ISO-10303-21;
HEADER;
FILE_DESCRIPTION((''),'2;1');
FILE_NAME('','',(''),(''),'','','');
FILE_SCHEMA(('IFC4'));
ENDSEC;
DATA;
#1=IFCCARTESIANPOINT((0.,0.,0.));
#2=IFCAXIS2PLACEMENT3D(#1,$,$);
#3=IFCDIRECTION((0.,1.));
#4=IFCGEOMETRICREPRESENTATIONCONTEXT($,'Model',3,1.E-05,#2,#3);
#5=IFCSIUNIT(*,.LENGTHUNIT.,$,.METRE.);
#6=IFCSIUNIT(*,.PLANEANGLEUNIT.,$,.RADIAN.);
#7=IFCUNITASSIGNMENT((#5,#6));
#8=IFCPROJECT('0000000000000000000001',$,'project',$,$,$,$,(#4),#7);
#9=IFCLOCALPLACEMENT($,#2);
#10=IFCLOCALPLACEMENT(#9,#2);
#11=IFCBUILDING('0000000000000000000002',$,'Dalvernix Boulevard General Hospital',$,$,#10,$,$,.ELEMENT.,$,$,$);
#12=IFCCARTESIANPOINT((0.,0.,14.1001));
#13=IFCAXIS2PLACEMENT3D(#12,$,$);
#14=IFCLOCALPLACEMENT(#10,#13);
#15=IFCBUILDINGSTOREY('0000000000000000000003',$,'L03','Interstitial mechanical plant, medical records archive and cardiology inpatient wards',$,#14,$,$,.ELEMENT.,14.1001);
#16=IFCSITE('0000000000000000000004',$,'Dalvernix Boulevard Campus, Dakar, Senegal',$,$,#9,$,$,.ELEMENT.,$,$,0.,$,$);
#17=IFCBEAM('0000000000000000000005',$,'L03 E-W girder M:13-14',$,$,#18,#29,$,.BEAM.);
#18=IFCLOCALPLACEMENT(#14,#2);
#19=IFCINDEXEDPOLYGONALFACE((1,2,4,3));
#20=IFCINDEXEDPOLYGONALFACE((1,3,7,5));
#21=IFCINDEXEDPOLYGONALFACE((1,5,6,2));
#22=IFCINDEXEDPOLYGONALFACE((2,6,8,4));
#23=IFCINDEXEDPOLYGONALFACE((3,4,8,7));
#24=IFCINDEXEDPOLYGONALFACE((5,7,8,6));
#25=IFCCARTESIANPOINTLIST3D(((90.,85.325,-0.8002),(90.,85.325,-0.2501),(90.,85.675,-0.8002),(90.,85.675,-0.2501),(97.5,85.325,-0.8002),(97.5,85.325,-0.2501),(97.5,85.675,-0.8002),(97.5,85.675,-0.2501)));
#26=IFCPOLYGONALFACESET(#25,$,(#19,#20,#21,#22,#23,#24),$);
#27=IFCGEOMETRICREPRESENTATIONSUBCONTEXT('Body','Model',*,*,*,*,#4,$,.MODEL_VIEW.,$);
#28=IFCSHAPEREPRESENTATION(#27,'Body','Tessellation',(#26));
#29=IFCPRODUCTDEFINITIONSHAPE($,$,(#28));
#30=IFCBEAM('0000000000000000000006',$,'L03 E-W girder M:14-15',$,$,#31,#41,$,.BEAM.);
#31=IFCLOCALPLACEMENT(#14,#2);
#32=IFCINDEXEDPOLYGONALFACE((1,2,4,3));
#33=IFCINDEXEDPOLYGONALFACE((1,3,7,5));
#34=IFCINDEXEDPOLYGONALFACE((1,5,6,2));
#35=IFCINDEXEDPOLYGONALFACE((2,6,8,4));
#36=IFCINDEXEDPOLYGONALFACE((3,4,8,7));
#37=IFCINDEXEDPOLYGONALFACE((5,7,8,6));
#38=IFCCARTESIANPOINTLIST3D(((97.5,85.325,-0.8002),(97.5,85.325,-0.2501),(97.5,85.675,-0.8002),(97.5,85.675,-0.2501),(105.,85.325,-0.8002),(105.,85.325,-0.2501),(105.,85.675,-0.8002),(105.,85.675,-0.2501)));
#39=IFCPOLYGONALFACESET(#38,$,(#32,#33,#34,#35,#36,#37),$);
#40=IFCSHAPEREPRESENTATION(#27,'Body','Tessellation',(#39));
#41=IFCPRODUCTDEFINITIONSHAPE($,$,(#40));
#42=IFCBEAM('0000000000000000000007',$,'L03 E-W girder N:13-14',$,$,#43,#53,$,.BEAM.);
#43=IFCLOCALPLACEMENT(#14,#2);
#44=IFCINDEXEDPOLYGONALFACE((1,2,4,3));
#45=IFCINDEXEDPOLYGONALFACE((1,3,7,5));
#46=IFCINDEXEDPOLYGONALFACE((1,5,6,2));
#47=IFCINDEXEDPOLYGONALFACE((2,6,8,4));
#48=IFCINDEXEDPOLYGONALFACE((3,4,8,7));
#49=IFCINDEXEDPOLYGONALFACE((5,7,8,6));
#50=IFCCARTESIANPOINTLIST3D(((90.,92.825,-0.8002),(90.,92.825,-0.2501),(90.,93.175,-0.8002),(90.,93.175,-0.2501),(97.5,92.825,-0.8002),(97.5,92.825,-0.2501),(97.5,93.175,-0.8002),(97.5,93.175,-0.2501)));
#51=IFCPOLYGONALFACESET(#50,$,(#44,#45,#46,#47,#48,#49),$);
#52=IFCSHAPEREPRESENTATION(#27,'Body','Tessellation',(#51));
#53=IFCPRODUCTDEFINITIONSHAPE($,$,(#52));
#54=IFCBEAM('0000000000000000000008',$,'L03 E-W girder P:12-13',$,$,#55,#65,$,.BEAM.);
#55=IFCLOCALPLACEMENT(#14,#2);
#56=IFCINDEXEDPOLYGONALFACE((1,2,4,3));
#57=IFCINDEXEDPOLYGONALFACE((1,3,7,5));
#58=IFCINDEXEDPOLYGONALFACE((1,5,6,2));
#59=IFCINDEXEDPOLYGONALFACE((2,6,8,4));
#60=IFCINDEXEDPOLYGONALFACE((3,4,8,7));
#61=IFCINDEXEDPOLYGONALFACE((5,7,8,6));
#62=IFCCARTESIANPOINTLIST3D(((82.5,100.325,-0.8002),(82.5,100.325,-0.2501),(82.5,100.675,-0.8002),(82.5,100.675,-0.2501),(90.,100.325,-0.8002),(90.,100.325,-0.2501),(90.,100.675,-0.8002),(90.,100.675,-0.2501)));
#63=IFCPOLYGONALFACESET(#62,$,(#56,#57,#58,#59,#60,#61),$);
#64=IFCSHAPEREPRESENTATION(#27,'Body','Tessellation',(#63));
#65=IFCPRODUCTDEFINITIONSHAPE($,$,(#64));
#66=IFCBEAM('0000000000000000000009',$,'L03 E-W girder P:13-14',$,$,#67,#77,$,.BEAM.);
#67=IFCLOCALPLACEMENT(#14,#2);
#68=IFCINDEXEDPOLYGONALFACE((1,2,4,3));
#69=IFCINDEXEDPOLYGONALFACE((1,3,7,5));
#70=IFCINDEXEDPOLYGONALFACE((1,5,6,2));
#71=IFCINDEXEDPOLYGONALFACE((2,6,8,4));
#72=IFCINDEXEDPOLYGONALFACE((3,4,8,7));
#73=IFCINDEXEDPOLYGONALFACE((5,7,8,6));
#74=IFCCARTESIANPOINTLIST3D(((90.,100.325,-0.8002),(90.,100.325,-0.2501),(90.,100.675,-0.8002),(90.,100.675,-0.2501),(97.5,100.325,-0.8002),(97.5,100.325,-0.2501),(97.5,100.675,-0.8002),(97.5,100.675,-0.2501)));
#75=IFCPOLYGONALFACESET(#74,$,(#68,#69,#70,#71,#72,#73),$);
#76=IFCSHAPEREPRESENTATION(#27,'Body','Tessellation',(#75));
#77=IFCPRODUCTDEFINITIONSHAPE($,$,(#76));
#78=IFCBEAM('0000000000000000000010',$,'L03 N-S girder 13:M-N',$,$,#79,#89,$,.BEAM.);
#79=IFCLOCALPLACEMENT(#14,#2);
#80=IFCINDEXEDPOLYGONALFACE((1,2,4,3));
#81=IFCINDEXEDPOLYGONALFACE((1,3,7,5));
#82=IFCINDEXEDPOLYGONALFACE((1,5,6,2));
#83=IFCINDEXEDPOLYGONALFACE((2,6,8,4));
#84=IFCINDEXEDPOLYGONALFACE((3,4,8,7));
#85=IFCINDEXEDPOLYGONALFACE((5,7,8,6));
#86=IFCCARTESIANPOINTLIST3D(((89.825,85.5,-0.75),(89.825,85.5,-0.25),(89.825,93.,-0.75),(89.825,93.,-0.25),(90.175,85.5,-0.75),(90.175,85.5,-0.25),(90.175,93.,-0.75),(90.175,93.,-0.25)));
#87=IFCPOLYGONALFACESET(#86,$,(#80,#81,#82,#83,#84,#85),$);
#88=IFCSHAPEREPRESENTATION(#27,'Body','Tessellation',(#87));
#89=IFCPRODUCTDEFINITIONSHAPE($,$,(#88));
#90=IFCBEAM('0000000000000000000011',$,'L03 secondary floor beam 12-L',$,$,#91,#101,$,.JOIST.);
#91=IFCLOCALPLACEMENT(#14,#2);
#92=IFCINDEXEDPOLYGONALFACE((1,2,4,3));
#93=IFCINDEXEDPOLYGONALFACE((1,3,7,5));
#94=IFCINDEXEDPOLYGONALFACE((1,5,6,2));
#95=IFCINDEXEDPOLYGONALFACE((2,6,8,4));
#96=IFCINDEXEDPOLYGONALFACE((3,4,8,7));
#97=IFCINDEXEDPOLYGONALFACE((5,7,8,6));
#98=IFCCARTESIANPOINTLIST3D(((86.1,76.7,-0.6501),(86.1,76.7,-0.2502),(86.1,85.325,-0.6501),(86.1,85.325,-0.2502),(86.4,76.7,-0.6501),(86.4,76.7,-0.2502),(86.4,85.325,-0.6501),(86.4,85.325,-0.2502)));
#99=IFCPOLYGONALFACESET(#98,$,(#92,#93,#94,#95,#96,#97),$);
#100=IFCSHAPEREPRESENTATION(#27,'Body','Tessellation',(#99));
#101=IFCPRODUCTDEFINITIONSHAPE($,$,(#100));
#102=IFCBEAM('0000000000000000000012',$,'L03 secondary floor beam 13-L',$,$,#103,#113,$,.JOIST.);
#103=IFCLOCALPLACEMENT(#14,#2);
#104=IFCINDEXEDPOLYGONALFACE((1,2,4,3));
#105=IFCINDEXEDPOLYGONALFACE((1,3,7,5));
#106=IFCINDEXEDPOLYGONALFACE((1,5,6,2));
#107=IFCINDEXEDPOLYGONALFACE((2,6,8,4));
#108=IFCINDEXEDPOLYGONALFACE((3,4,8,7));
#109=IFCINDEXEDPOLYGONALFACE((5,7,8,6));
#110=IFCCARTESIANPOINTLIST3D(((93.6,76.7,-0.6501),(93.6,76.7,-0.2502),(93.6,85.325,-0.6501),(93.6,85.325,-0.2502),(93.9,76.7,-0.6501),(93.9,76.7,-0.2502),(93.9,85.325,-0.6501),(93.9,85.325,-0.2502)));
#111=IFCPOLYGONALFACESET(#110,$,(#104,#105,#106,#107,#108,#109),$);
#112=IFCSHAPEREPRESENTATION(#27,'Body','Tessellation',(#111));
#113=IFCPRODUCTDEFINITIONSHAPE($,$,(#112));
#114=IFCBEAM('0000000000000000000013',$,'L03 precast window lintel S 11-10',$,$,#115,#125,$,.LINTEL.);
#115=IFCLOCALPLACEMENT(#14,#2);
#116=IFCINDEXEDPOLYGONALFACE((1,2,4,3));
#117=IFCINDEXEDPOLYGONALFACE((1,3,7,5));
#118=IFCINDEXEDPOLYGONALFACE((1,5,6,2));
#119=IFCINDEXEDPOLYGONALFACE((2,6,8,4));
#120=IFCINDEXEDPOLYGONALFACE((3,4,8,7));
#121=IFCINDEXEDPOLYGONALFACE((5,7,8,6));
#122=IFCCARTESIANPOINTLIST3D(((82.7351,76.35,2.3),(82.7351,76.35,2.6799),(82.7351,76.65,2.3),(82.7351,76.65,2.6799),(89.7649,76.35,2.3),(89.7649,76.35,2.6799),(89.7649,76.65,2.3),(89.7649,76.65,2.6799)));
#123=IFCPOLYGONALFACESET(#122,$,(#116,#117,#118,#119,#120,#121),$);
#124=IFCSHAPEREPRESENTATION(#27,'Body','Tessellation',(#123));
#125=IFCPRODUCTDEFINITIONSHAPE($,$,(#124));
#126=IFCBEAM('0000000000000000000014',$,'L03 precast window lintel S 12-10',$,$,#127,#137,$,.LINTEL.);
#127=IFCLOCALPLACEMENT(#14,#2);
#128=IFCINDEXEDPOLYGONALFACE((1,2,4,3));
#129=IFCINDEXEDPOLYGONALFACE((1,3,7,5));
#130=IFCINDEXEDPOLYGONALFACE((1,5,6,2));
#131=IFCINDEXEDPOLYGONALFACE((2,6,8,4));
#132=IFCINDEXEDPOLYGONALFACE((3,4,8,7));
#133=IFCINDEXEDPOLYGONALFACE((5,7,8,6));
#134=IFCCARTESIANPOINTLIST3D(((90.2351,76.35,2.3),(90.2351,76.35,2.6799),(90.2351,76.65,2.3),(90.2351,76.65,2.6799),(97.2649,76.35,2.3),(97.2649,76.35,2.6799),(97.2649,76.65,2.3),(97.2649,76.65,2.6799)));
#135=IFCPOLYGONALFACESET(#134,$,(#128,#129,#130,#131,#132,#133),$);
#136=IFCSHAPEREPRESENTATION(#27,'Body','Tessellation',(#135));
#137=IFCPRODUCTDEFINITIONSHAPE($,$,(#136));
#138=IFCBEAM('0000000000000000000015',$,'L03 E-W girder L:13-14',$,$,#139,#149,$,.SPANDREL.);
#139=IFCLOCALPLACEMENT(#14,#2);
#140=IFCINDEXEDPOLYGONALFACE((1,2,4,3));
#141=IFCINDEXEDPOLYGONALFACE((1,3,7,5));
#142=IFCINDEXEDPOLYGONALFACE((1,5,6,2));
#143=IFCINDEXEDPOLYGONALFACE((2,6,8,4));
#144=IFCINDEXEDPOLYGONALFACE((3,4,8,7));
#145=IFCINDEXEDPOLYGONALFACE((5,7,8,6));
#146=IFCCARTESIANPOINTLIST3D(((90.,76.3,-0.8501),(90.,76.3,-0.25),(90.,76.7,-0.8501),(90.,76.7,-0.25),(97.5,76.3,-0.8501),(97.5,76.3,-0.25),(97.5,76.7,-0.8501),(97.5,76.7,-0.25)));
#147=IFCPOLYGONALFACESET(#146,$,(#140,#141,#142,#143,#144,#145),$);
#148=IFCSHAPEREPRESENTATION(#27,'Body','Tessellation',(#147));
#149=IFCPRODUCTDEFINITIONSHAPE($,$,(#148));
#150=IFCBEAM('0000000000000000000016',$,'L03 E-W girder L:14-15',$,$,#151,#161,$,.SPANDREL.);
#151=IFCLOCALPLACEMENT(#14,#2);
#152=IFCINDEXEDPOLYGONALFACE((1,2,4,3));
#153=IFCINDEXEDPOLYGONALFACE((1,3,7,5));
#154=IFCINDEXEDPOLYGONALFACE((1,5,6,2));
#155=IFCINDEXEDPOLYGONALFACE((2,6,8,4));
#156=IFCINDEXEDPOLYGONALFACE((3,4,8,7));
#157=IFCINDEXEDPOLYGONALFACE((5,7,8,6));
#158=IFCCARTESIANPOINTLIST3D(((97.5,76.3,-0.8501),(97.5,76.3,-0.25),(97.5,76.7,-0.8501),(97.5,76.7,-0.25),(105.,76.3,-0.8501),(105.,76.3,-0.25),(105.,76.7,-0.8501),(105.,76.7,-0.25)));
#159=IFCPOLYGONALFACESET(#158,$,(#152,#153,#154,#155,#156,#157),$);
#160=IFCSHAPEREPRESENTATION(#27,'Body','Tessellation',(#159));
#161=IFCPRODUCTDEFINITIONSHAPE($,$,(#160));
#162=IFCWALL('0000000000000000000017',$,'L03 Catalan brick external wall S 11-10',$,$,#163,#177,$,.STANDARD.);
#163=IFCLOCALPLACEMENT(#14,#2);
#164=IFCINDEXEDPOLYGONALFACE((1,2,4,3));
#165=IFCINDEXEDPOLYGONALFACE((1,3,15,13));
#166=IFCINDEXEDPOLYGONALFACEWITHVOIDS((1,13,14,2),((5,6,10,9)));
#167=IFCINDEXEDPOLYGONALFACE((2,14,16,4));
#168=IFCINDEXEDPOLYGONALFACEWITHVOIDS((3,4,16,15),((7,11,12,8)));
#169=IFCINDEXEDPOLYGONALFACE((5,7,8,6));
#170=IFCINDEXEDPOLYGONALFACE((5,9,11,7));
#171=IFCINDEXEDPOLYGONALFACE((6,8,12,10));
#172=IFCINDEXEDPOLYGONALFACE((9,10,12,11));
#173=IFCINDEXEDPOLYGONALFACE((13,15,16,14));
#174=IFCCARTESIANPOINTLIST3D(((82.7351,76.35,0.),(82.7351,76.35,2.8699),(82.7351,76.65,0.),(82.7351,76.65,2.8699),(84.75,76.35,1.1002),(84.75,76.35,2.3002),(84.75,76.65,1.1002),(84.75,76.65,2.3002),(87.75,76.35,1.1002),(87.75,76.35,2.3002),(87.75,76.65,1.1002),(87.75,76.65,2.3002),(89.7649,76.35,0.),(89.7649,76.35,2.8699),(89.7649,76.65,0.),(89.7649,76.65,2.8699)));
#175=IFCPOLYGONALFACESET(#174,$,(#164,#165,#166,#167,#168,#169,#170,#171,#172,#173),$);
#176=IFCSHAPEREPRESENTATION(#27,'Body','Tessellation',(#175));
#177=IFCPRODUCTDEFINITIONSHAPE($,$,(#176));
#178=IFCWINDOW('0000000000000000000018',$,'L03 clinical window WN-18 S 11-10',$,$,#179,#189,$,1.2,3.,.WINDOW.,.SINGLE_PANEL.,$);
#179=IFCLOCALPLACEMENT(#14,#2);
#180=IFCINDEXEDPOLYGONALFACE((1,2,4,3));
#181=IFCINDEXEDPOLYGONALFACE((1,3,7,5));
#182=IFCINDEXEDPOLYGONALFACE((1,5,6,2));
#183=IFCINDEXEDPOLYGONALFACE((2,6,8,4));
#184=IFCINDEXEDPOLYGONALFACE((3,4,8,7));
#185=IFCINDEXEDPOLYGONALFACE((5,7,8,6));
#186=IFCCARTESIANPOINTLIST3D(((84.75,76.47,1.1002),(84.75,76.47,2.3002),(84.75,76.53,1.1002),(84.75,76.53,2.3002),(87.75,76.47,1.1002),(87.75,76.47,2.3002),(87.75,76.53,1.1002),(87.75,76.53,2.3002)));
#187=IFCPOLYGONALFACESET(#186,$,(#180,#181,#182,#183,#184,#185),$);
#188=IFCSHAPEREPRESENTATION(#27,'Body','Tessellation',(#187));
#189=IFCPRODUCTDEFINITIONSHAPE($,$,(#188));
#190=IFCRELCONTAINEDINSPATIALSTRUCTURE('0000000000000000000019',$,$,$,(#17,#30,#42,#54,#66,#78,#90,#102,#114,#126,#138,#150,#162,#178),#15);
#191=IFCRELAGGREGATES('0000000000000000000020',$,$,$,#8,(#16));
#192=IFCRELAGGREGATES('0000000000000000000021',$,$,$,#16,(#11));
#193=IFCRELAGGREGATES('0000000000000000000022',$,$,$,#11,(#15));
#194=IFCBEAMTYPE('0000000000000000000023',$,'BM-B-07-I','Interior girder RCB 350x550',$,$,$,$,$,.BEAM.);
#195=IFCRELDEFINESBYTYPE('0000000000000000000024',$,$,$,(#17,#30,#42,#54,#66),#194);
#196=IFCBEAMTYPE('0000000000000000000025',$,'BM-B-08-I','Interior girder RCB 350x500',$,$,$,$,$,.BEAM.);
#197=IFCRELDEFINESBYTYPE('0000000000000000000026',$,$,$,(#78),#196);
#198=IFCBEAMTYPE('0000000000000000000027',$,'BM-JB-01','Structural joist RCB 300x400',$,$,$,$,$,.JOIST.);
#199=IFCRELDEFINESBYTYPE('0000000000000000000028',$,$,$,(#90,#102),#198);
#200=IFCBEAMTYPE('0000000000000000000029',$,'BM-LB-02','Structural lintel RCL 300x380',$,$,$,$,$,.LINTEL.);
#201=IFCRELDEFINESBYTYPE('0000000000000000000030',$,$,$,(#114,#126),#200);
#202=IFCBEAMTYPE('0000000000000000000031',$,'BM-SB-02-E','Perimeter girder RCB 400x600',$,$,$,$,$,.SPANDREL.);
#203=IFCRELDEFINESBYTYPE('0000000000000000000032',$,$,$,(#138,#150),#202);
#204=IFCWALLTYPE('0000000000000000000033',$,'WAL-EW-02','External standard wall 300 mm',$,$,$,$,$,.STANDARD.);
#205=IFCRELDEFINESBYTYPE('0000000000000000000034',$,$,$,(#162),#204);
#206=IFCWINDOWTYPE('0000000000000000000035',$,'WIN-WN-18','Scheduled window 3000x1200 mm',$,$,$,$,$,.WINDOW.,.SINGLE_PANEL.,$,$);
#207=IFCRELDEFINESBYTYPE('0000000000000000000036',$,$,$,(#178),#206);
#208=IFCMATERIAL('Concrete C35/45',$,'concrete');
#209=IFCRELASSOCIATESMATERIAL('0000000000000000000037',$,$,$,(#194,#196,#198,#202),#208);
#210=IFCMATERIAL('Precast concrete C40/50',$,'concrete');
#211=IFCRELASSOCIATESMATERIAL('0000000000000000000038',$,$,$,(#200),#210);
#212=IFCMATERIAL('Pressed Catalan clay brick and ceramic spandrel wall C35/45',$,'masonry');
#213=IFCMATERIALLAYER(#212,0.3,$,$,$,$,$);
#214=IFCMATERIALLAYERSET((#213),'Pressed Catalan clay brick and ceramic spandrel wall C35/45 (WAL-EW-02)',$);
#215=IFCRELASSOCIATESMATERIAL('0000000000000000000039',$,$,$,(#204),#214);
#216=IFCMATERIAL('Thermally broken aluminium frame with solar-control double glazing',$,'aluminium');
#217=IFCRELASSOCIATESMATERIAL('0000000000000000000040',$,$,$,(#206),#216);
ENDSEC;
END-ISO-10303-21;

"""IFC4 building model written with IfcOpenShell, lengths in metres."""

from ifc_helpers import new_model, si_unit, direction, frame, frame_2d, origin, origin_2d, place, context, subcontext, project, spatial, rectangle, extrude, material, layer, layer_set, material_profile, profile_set, type_object, element, fill, save


model = new_model("IFC4")

# Units and contexts
model_context = context("Model", 3, precision=1e-05, world=origin(), true_north=direction((0.0, 1.0)))
body_context = subcontext(model_context, "Body", "Model", "MODEL_VIEW")
ifc_project = project(units=[si_unit("LENGTHUNIT", "METRE"), si_unit("PLANEANGLEUNIT", "RADIAN")], contexts=[model_context])

# Site, building, storey
site_placement = place(None, origin())
site = spatial("IfcSite", under=ifc_project, at=site_placement, Name="Dalvernix Boulevard Campus, Dakar, Senegal", CompositionType="ELEMENT", RefElevation=0.0)
building_placement = place(site_placement, origin())
building = spatial("IfcBuilding", under=site, at=building_placement, Name="Dalvernix Boulevard General Hospital", CompositionType="ELEMENT")
storey_placement = place(building_placement, frame((0.0, 0.0, 14.1001)))
storey = spatial("IfcBuildingStorey", under=building, at=storey_placement, Name="L03", Description="Interstitial mechanical plant, medical records archive and cardiology inpatient wards", CompositionType="ELEMENT", Elevation=14.1001)

# Beams
ifc_material_1 = material(Name="Concrete C35/45", Category="concrete")
ifc_material_profile_1 = material_profile(ifc_material_1, rectangle(XDim=0.3501, YDim=0.55, at=origin_2d()), Name="RCB 350x550")
ifc_profile_set_1 = profile_set([ifc_material_profile_1], Name="Concrete C35/45")
beam_type_1 = type_object("IfcBeamType", Name="BM-B-07-I", Description="Interior girder RCB 350x550", PredefinedType="BEAM", material=ifc_profile_set_1)
for number, where, z_axis, x_axis, name in (
    (1, (90.0, 85.5, -0.5251), (1.0, 0.0, 0.0), (0.0, 1.0, 0.0), "L03 E-W girder M:13-14"),
    (2, (97.5, 85.5, -0.5251), (1.0, 0.0, 0.0), (0.0, 1.0, 0.0), "L03 E-W girder M:14-15"),
    (3, (90.0, 93.0, -0.5251), (1.0, 0.0, 0.0), (0.0, 1.0, 0.0), "L03 E-W girder N:13-14"),
    (4, (82.5, 100.5, -0.5251), (1.0, 0.0, 0.0), (0.0, 1.0, 0.0), "L03 E-W girder P:12-13"),
    (5, (90.0, 100.5, -0.5251), (1.0, 0.0, 0.0), (0.0, 1.0, 0.0), "L03 E-W girder P:13-14"),
):
    element("IfcBeam", number, at=place(storey_placement, frame(where, z_axis=z_axis, x_axis=x_axis)), inside=storey, type_object=beam_type_1, Name=name, PredefinedType="BEAM", context=body_context, shape_type="SweptSolid", body=[
        extrude(rectangle(XDim=0.3501, YDim=0.55, at=origin_2d()), origin(), (0.0, 0.0, 1.0), 7.5),
    ])
ifc_material_profile_2 = material_profile(ifc_material_1, rectangle(XDim=0.3501, YDim=0.5, at=origin_2d()), Name="RCB 350x500")
ifc_profile_set_2 = profile_set([ifc_material_profile_2], Name="Concrete C35/45")
beam_type_2 = type_object("IfcBeamType", Name="BM-B-08-I", Description="Interior girder RCB 350x500", PredefinedType="BEAM", material=ifc_profile_set_2)
beam_placement = place(storey_placement, frame((90.0, 85.5, -0.5), z_axis=(0.0, 1.0, 0.0), x_axis=(-1.0, 0.0, 0.0)))
element("IfcBeam", 6, at=beam_placement, inside=storey, type_object=beam_type_2, Name="L03 N-S girder 13:M-N", PredefinedType="BEAM", context=body_context, shape_type="SweptSolid", body=[
    extrude(rectangle(XDim=0.3501, YDim=0.5, at=origin_2d()), origin(), (0.0, 0.0, 1.0), 7.5),
])
ifc_material_profile_3 = material_profile(ifc_material_1, rectangle(XDim=0.3, YDim=0.3999, at=origin_2d()), Name="RCB 300x400")
ifc_profile_set_3 = profile_set([ifc_material_profile_3], Name="Concrete C35/45")
beam_type_3 = type_object("IfcBeamType", Name="BM-JB-01", Description="Structural joist RCB 300x400", PredefinedType="JOIST", material=ifc_profile_set_3)
for number, where, z_axis, x_axis, name in (
    (7, (86.25, 76.7, -0.4502), (0.0, 1.0, 0.0), (-1.0, 0.0, 0.0), "L03 secondary floor beam 12-L"),
    (8, (93.75, 76.7, -0.4502), (0.0, 1.0, 0.0), (-1.0, 0.0, 0.0), "L03 secondary floor beam 13-L"),
):
    element("IfcBeam", number, at=place(storey_placement, frame(where, z_axis=z_axis, x_axis=x_axis)), inside=storey, type_object=beam_type_3, Name=name, PredefinedType="JOIST", context=body_context, shape_type="SweptSolid", body=[
        extrude(rectangle(XDim=0.3, YDim=0.3999, at=origin_2d()), origin(), (0.0, 0.0, 1.0), 8.625),
    ])
ifc_material_2 = material(Name="Precast concrete C40/50", Category="concrete")
ifc_material_profile_4 = material_profile(ifc_material_2, rectangle(XDim=0.3, YDim=0.3799, at=origin_2d()), Name="RCL 300x380")
ifc_profile_set_4 = profile_set([ifc_material_profile_4], Name="Precast concrete C40/50")
beam_type_4 = type_object("IfcBeamType", Name="BM-LB-02", Description="Structural lintel RCL 300x380", PredefinedType="LINTEL", material=ifc_profile_set_4)
for number, where, z_axis, x_axis, name in (
    (9, (89.7649, 76.5, 2.49), (-1.0, 0.0, 0.0), (0.0, -1.0, 0.0), "L03 precast window lintel S 11-10"),
    (10, (97.2649, 76.5, 2.49), (-1.0, 0.0, 0.0), (0.0, -1.0, 0.0), "L03 precast window lintel S 12-10"),
):
    element("IfcBeam", number, at=place(storey_placement, frame(where, z_axis=z_axis, x_axis=x_axis)), inside=storey, type_object=beam_type_4, Name=name, PredefinedType="LINTEL", context=body_context, shape_type="SweptSolid", body=[
        extrude(rectangle(XDim=0.3, YDim=0.3799, at=origin_2d()), origin(), (0.0, 0.0, 1.0), 7.0298),
    ])
ifc_material_profile_5 = material_profile(ifc_material_1, rectangle(XDim=0.3999, YDim=0.6001, at=origin_2d()), Name="RCB 400x600")
ifc_profile_set_5 = profile_set([ifc_material_profile_5], Name="Concrete C35/45")
beam_type_5 = type_object("IfcBeamType", Name="BM-SB-02-E", Description="Perimeter girder RCB 400x600", PredefinedType="SPANDREL", material=ifc_profile_set_5)
for number, where, z_axis, x_axis, name in (
    (11, (90.0, 76.5, -0.55), (1.0, 0.0, 0.0), (0.0, 1.0, 0.0), "L03 E-W girder L:13-14"),
    (12, (97.5, 76.5, -0.55), (1.0, 0.0, 0.0), (0.0, 1.0, 0.0), "L03 E-W girder L:14-15"),
):
    element("IfcBeam", number, at=place(storey_placement, frame(where, z_axis=z_axis, x_axis=x_axis)), inside=storey, type_object=beam_type_5, Name=name, PredefinedType="SPANDREL", context=body_context, shape_type="SweptSolid", body=[
        extrude(rectangle(XDim=0.3999, YDim=0.6001, at=origin_2d()), origin(), (0.0, 0.0, 1.0), 7.5),
    ])

# Wall, opening, window
ifc_material_3 = material(Name="Pressed Catalan clay brick and ceramic spandrel wall C35/45", Category="masonry")
ifc_layer = layer(ifc_material_3, 0.3)
ifc_layer_set = layer_set([ifc_layer], Name="Pressed Catalan clay brick and ceramic spandrel wall C35/45 (WAL-EW-02)")
wall_type = type_object("IfcWallType", Name="WAL-EW-02", Description="External standard wall 300 mm", PredefinedType="STANDARD", material=ifc_layer_set)
wall_1_placement = place(storey_placement, frame((89.7649, 76.5, 0.0), z_axis=(0.0, 0.0, 1.0), x_axis=(-1.0, 0.0, 0.0)))
wall_1 = element("IfcWall", 13, at=wall_1_placement, inside=storey, type_object=wall_type, Name="L03 Catalan brick external wall S 11-10", PredefinedType="STANDARD", context=body_context, shape_type="SweptSolid", body=[
    extrude(rectangle(XDim=7.0298, YDim=0.3, at=frame_2d((3.5149, 0.0))), origin(), (0.0, 0.0, 1.0), 2.8699),
])
opening_1_placement = place(wall_1_placement, frame((2.0149, 0.0, 1.1001)))
opening_1 = element("IfcOpeningElement", 14, at=opening_1_placement, cuts=wall_1, PredefinedType="OPENING", context=body_context, shape_type="SweptSolid", body=[
    extrude(rectangle(XDim=3.0, YDim=1.2, at=frame_2d((1.5, 0.6001))), frame((0.0, 0.1599, 0.0), z_axis=(0.0, -1.0, 0.0), x_axis=(1.0, 0.0, 0.0)), (0.0, 0.0, 1.0), 0.3201),
])
ifc_material_4 = material(Name="Thermally broken aluminium frame with solar-control double glazing", Category="aluminium")
window_type_1 = type_object("IfcWindowType", Name="WIN-WN-18", Description="Scheduled window 3000x1200 mm", PartitioningType="SINGLE_PANEL", PredefinedType="WINDOW", material=ifc_material_4)
window_1_placement = place(opening_1_placement, origin())
window_1 = element("IfcWindow", 15, at=window_1_placement, inside=storey, type_object=window_type_1, Name="L03 clinical window WN-18 S 11-10", OverallHeight=1.2, OverallWidth=3.0, PartitioningType="SINGLE_PANEL", PredefinedType="WINDOW", context=body_context, shape_type="SweptSolid", body=[
    extrude(rectangle(XDim=3.0, YDim=1.2, at=frame_2d((1.5, 0.6001))), frame((0.0, 0.03, 0.0), z_axis=(0.0, -1.0, 0.0), x_axis=(1.0, 0.0, 0.0)), (0.0, 0.0, 1.0), 0.0601),
])
fill(opening_1, window_1)

save(model, "model.ifc")
